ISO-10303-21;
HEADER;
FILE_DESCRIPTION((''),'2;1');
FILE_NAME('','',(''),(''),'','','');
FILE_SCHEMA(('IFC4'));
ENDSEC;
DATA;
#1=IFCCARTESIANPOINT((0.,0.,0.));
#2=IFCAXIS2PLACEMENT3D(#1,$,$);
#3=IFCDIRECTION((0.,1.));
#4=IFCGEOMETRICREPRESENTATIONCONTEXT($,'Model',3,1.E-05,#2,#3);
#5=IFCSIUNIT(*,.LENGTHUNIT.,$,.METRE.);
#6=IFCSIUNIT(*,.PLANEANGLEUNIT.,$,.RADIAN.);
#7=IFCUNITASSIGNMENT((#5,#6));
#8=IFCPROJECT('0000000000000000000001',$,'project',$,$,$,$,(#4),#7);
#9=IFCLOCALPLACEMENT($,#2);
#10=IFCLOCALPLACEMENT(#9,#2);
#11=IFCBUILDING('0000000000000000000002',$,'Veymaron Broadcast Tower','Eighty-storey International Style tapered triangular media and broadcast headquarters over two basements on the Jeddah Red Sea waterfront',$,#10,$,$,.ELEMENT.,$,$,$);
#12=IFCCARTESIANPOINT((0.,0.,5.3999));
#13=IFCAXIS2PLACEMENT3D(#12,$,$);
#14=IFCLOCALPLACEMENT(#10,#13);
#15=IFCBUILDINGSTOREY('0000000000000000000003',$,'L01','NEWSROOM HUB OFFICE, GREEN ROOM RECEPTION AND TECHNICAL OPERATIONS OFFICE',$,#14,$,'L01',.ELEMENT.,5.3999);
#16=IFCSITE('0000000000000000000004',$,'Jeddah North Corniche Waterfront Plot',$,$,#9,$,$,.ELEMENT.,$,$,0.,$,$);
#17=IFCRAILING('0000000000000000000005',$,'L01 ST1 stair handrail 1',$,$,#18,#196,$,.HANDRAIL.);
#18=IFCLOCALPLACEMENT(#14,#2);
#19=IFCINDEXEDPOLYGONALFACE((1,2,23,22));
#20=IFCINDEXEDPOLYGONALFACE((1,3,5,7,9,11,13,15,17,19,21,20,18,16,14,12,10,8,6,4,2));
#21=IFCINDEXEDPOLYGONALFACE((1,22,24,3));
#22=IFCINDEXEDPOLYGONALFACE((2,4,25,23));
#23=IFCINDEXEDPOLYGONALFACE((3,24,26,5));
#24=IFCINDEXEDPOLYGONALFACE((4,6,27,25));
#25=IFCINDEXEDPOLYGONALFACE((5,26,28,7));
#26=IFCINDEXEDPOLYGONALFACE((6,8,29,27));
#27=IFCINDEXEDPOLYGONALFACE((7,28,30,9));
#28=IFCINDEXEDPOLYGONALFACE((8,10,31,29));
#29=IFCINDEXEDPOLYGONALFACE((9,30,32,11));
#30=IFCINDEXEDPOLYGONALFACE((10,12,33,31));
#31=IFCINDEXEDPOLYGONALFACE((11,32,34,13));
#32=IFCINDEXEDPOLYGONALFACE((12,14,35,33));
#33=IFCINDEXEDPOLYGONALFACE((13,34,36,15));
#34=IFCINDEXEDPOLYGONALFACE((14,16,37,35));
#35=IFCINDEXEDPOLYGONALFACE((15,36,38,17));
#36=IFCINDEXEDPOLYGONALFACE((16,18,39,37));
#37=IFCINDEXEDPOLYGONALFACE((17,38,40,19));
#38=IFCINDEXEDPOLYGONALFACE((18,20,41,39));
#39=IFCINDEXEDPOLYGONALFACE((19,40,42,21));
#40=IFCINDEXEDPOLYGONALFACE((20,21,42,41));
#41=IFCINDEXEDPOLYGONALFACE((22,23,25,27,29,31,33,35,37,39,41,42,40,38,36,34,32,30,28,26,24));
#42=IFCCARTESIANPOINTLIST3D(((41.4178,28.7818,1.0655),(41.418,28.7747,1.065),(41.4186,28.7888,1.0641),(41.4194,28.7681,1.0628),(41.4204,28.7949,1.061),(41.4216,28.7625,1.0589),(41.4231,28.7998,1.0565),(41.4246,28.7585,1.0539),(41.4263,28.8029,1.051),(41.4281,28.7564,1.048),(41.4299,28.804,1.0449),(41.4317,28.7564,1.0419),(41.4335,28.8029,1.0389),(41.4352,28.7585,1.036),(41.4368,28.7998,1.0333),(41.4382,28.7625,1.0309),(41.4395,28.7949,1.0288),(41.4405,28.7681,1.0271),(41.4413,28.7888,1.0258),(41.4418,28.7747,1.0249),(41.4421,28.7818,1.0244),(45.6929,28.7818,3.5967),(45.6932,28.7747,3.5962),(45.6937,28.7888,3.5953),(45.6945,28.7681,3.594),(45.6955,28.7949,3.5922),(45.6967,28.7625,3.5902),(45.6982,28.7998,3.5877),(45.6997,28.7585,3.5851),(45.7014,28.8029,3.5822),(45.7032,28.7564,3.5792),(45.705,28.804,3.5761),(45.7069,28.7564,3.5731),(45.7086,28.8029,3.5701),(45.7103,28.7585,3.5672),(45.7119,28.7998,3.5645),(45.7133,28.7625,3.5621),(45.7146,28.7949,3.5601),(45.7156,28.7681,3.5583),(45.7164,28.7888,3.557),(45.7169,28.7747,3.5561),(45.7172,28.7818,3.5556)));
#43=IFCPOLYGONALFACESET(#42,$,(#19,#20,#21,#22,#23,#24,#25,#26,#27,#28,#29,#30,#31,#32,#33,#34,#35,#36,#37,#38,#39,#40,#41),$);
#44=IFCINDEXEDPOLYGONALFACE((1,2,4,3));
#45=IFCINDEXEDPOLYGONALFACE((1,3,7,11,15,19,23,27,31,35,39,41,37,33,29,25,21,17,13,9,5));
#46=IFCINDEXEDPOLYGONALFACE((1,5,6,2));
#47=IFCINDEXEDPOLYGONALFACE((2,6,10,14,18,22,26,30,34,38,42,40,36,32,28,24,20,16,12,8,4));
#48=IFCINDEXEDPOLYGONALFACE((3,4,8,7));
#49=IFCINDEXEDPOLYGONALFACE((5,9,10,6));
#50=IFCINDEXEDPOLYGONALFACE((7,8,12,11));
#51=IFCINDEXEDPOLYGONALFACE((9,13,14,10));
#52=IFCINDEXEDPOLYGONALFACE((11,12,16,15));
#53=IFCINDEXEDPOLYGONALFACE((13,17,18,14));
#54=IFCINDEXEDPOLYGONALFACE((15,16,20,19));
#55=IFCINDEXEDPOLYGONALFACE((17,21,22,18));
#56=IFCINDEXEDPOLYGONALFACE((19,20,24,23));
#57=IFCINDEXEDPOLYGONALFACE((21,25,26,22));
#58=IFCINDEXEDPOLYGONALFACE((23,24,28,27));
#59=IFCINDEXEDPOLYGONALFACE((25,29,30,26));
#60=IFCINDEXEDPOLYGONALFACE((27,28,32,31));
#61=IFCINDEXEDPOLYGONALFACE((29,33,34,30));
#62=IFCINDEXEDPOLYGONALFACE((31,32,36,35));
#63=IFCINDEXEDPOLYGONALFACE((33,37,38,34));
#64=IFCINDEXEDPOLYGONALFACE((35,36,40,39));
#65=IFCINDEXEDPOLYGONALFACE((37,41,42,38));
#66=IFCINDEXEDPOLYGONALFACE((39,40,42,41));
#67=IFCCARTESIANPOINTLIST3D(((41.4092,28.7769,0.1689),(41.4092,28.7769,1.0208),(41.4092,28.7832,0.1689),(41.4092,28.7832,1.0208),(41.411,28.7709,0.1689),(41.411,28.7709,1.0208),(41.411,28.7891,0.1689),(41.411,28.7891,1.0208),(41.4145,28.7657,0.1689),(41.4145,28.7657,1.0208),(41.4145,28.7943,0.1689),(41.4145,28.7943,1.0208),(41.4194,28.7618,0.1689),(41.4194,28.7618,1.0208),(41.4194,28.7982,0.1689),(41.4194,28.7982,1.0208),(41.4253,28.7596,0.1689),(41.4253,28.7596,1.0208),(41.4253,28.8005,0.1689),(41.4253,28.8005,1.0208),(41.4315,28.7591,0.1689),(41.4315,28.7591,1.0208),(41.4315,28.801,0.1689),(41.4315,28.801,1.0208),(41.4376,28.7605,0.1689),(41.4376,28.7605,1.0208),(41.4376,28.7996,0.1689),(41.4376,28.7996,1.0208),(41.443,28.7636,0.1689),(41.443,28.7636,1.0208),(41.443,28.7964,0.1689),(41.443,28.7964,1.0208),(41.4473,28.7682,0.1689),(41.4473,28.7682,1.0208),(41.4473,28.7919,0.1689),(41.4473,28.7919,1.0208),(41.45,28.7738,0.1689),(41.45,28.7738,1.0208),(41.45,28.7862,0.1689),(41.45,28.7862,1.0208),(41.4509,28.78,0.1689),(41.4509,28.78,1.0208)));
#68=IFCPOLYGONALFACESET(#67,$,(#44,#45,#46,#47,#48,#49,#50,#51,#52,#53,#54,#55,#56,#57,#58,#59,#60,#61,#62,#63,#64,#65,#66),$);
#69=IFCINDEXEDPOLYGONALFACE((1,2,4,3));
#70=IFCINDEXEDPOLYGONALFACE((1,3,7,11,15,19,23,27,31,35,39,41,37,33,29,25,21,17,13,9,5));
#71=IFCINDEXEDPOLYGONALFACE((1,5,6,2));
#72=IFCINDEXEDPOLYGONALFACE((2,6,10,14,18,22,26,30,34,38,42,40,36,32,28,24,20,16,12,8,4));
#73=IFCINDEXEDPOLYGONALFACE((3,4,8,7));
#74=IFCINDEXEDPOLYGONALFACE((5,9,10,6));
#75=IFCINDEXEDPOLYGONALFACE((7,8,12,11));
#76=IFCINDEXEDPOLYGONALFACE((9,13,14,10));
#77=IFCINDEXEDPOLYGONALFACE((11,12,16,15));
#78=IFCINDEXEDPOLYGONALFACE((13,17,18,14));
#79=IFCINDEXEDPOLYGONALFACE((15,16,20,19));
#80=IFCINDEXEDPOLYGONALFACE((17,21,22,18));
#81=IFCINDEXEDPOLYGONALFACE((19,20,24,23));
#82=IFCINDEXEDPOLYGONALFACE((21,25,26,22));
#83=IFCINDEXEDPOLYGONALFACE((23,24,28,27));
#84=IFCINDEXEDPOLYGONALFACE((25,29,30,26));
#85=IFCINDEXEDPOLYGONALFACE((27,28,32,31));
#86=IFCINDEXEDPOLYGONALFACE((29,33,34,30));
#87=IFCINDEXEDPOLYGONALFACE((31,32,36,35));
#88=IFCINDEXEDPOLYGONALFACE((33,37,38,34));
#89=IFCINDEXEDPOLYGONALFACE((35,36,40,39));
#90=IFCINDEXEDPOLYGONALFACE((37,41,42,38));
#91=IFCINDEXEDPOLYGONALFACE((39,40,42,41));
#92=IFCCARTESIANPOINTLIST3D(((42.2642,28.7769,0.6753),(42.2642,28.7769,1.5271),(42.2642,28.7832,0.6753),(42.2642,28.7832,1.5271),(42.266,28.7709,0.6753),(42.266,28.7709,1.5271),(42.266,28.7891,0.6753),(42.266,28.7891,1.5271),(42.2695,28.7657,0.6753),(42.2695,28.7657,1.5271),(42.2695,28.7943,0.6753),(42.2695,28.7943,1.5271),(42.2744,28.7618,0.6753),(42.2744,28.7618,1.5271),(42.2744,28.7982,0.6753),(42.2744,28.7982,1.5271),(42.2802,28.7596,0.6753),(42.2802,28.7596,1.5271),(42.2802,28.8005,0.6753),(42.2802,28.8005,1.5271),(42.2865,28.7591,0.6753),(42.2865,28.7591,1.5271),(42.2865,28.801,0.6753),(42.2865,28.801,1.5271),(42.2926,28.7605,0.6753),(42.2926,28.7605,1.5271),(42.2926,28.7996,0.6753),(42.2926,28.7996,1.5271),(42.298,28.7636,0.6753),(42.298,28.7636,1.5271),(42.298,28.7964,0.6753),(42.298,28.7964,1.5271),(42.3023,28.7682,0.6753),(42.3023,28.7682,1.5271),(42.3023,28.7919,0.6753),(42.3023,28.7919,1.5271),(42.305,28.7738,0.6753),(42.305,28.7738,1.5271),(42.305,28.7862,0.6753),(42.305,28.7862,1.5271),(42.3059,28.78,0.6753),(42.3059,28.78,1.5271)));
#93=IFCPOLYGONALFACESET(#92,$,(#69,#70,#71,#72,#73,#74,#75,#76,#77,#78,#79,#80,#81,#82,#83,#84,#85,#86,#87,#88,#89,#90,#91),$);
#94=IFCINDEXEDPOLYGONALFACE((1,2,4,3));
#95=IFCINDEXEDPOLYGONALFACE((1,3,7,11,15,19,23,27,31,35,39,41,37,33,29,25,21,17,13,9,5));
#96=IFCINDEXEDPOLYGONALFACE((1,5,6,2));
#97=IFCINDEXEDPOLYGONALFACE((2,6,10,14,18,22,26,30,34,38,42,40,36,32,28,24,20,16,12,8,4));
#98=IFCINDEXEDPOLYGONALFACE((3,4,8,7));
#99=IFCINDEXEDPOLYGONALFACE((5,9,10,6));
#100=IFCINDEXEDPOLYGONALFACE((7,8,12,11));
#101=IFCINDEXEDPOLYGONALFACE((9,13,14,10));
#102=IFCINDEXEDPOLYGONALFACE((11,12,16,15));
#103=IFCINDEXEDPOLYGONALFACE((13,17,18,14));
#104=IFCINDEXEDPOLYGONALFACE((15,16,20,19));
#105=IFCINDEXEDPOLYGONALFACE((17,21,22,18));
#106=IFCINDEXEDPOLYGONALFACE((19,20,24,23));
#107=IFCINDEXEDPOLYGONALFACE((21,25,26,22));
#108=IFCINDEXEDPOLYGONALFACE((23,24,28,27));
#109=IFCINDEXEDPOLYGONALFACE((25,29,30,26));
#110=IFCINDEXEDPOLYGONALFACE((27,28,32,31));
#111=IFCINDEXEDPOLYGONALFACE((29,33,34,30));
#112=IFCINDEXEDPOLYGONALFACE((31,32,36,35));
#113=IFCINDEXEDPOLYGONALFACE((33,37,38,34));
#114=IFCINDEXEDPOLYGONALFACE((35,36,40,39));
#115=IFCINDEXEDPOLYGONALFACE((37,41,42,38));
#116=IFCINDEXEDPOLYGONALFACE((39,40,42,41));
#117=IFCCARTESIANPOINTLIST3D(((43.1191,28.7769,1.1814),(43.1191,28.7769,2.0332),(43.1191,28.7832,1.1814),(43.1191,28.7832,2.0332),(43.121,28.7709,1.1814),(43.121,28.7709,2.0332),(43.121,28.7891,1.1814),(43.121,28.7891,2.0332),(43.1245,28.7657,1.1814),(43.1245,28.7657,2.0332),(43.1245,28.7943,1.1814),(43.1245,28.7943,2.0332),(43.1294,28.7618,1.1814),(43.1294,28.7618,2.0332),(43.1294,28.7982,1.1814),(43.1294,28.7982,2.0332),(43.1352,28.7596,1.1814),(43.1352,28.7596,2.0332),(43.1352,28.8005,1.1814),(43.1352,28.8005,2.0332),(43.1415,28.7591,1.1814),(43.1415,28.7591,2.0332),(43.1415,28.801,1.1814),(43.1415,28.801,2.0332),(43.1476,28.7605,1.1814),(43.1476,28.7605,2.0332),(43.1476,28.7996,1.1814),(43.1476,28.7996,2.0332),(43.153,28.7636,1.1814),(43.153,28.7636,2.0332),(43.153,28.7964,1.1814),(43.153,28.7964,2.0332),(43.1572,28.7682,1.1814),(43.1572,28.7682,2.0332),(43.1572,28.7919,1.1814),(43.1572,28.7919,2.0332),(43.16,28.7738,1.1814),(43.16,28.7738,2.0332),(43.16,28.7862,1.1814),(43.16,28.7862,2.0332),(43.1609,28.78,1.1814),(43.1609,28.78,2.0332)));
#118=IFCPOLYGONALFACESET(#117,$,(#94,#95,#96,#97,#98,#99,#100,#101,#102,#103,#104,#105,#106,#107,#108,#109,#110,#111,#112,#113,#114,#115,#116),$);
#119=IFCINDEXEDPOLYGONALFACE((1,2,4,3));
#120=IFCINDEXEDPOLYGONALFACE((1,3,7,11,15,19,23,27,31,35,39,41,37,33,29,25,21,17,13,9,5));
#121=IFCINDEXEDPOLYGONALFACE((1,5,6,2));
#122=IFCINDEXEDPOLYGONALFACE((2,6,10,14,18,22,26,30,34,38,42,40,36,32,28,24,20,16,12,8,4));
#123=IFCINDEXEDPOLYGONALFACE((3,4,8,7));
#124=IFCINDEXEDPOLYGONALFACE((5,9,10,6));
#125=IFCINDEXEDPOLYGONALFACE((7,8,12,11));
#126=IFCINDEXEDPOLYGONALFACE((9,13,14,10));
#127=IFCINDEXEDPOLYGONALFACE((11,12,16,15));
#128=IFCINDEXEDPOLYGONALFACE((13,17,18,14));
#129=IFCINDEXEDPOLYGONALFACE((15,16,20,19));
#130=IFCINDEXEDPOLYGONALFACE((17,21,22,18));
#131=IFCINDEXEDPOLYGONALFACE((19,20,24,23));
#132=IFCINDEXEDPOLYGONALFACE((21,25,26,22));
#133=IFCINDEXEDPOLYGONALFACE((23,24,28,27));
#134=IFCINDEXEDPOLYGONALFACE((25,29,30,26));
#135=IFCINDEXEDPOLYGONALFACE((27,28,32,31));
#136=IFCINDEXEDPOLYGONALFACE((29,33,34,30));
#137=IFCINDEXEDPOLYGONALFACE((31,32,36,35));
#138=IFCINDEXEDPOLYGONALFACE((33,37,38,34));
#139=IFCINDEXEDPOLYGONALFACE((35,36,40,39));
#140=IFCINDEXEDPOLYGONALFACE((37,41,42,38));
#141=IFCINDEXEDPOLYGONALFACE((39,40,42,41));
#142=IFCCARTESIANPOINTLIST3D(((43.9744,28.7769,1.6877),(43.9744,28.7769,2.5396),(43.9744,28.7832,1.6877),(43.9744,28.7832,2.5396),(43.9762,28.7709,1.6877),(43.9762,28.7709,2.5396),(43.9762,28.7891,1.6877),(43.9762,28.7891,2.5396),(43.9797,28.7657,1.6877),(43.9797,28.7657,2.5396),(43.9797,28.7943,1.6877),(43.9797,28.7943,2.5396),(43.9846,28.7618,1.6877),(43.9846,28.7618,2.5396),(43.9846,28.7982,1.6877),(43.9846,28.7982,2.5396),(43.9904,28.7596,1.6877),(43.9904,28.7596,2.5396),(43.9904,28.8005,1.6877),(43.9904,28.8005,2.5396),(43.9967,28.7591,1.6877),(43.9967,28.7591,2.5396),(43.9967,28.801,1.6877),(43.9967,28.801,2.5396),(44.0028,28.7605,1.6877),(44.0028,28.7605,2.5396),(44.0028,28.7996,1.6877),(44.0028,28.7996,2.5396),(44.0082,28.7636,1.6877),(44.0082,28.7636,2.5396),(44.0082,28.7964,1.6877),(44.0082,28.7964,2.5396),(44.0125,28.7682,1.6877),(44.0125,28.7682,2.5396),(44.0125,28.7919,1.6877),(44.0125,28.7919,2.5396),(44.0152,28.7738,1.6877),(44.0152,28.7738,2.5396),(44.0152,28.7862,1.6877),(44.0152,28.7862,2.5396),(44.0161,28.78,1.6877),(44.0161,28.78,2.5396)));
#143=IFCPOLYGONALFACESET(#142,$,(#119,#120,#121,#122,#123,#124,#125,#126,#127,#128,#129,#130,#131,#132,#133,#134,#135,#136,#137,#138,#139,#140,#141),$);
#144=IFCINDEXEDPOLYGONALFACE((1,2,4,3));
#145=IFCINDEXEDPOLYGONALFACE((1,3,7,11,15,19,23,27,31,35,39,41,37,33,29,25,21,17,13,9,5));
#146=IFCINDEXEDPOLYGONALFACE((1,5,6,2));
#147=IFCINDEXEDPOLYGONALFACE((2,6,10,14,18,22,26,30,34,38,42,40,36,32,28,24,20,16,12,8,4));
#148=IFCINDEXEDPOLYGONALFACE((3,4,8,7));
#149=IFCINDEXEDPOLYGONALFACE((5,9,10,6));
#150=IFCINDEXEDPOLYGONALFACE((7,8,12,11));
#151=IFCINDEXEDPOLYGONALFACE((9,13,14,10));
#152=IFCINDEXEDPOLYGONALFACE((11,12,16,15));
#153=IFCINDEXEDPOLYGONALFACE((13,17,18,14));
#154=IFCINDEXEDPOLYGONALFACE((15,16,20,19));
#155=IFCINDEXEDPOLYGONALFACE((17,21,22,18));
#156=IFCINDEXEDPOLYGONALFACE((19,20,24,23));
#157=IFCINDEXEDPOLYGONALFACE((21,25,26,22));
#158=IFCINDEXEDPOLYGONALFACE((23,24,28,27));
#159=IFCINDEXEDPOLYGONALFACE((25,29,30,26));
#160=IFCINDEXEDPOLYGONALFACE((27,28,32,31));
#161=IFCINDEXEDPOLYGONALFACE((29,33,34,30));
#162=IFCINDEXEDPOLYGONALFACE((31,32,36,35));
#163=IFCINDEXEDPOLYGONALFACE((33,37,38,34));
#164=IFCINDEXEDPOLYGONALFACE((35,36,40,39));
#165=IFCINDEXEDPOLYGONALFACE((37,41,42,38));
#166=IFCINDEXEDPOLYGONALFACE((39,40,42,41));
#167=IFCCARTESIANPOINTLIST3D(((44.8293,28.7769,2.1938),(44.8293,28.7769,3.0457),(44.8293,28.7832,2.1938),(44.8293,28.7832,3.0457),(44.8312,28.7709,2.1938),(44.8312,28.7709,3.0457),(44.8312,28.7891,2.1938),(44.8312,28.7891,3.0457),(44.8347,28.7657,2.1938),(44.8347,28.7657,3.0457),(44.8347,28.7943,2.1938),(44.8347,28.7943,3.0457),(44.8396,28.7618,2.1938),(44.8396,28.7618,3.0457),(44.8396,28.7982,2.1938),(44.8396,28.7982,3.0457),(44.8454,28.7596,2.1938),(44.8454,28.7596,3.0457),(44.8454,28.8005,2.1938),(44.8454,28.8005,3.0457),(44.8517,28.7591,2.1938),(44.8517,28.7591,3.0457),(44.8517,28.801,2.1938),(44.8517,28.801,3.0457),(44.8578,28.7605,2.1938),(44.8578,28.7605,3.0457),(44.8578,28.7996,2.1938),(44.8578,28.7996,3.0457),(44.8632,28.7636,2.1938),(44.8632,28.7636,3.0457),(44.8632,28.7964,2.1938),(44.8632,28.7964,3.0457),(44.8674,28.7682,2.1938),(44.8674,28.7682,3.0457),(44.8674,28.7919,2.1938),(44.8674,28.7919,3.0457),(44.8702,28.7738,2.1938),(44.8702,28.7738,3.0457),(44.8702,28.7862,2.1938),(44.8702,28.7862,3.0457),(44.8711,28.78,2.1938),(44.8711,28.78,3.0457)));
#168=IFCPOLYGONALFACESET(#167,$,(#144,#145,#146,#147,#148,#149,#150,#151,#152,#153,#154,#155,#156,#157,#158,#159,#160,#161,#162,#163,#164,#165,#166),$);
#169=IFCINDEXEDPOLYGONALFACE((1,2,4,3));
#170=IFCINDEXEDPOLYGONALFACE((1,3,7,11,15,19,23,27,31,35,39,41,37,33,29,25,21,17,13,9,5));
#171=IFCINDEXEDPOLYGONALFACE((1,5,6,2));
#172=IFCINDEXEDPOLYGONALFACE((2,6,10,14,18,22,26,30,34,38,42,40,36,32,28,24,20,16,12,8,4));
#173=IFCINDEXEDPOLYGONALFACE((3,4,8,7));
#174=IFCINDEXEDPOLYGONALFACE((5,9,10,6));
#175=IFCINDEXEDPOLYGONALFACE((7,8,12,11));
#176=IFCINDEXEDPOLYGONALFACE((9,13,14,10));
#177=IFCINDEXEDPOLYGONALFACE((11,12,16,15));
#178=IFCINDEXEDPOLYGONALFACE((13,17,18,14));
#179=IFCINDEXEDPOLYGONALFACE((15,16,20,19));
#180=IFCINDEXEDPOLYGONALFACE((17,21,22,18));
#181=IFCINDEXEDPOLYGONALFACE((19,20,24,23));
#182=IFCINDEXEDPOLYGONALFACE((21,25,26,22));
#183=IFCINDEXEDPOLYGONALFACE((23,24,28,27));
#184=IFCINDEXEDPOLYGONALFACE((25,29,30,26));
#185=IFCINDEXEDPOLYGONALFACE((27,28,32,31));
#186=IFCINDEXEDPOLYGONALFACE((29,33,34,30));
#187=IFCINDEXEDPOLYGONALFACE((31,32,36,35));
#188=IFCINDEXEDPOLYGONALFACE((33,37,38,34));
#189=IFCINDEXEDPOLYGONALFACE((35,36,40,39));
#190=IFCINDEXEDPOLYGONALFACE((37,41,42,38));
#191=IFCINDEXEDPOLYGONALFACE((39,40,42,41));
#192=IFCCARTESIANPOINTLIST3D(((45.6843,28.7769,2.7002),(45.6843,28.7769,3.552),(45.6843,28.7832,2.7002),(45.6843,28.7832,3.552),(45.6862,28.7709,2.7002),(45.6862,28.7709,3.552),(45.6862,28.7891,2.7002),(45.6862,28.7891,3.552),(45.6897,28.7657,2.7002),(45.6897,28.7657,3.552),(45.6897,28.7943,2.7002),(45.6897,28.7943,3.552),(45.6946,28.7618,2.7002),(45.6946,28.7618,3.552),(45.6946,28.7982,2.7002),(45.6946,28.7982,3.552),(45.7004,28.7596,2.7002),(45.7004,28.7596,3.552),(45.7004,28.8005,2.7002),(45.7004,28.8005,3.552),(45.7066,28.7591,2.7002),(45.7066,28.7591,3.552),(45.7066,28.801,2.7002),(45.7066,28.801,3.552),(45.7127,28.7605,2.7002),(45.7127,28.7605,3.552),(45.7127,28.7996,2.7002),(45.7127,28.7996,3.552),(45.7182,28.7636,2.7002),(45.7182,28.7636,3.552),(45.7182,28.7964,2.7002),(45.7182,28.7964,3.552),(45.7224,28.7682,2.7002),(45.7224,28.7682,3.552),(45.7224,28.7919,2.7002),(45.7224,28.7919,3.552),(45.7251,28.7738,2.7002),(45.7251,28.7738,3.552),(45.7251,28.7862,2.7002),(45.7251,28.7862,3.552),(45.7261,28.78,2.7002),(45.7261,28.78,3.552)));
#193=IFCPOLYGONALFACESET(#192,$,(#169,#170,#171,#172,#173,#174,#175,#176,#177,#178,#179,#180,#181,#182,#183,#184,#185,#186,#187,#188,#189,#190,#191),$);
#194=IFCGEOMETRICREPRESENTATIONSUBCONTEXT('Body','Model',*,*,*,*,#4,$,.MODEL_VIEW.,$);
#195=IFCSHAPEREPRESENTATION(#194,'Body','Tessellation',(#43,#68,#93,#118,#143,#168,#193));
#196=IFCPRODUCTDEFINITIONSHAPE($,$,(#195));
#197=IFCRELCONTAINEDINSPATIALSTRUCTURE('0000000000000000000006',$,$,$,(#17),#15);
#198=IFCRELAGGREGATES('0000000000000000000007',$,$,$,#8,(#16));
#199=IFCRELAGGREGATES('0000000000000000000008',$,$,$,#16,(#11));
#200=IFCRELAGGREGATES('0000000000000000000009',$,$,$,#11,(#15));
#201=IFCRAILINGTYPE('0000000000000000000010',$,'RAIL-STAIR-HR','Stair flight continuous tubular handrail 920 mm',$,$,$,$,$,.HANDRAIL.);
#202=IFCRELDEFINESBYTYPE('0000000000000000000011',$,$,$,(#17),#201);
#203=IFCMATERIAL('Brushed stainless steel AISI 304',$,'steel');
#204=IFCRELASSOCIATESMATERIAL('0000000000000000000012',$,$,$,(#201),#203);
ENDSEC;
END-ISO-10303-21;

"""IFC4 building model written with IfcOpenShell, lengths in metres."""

from ifc_helpers import new_model, si_unit, direction, frame, origin, origin_2d, place, context, subcontext, project, spatial, circle, extrude, material, type_object, element, save


model = new_model("IFC4")

# Units and contexts
model_context = context("Model", 3, precision=1e-05, world=origin(), true_north=direction((0.0, 1.0)))
body_context = subcontext(model_context, "Body", "Model", "MODEL_VIEW")
ifc_project = project(units=[si_unit("LENGTHUNIT", "METRE"), si_unit("PLANEANGLEUNIT", "RADIAN")], contexts=[model_context])

# Site, building, storey
site_placement = place(None, origin())
site = spatial("IfcSite", under=ifc_project, at=site_placement, Name="Jeddah North Corniche Waterfront Plot", CompositionType="ELEMENT", RefElevation=0.0)
building_placement = place(site_placement, origin())
building = spatial("IfcBuilding", under=site, at=building_placement, Name="Veymaron Broadcast Tower", Description="Eighty-storey International Style tapered triangular media and broadcast headquarters over two basements on the Jeddah Red Sea waterfront", CompositionType="ELEMENT")
storey_placement = place(building_placement, frame((0.0, 0.0, 5.3999)))
storey = spatial("IfcBuildingStorey", under=building, at=storey_placement, Name="L01", Description="NEWSROOM HUB OFFICE, GREEN ROOM RECEPTION AND TECHNICAL OPERATIONS OFFICE", LongName="L01", CompositionType="ELEMENT", Elevation=5.3999)

# Shared definitions
ifc_material_1 = material(Name="Brushed stainless steel AISI 304", Category="steel")

# Railing
railing_type_1 = type_object("IfcRailingType", Name="RAIL-STAIR-HR", Description="Stair flight continuous tubular handrail 920 mm", PredefinedType="HANDRAIL", material=ifc_material_1)
railing_1_placement = place(storey_placement, frame((41.4299, 28.78, 0.1689)))
element("IfcRailing", 1, at=railing_1_placement, inside=storey, type_object=railing_type_1, Name="L01 ST1 stair handrail 1", PredefinedType="HANDRAIL", context=body_context, shape_type="SweptSolid", body=[
    extrude(circle(Radius=0.0239, at=origin_2d()), frame((0.0, 0.0, 0.876), z_axis=(0.860483, 0.0, 0.509479), x_axis=(0.0, 1.0, 0.0)), (0.0, 0.0, 1.0), 4.9683),
    extrude(circle(Radius=0.021, at=origin_2d()), origin(), (0.0, 0.0, 1.0), 0.8518),
    extrude(circle(Radius=0.021, at=origin_2d()), frame((0.855, 0.0, 0.5063)), (0.0, 0.0, 1.0), 0.8518),
    extrude(circle(Radius=0.021, at=origin_2d()), frame((1.71, 0.0, 1.0125)), (0.0, 0.0, 1.0), 0.8518),
    extrude(circle(Radius=0.021, at=origin_2d()), frame((2.5652, 0.0, 1.5188)), (0.0, 0.0, 1.0), 0.8518),
    extrude(circle(Radius=0.021, at=origin_2d()), frame((3.4202, 0.0, 2.0249)), (0.0, 0.0, 1.0), 0.8518),
    extrude(circle(Radius=0.021, at=origin_2d()), frame((4.2751, 0.0, 2.5312)), (0.0, 0.0, 1.0), 0.8518),
])

save(model, "model.ifc")
